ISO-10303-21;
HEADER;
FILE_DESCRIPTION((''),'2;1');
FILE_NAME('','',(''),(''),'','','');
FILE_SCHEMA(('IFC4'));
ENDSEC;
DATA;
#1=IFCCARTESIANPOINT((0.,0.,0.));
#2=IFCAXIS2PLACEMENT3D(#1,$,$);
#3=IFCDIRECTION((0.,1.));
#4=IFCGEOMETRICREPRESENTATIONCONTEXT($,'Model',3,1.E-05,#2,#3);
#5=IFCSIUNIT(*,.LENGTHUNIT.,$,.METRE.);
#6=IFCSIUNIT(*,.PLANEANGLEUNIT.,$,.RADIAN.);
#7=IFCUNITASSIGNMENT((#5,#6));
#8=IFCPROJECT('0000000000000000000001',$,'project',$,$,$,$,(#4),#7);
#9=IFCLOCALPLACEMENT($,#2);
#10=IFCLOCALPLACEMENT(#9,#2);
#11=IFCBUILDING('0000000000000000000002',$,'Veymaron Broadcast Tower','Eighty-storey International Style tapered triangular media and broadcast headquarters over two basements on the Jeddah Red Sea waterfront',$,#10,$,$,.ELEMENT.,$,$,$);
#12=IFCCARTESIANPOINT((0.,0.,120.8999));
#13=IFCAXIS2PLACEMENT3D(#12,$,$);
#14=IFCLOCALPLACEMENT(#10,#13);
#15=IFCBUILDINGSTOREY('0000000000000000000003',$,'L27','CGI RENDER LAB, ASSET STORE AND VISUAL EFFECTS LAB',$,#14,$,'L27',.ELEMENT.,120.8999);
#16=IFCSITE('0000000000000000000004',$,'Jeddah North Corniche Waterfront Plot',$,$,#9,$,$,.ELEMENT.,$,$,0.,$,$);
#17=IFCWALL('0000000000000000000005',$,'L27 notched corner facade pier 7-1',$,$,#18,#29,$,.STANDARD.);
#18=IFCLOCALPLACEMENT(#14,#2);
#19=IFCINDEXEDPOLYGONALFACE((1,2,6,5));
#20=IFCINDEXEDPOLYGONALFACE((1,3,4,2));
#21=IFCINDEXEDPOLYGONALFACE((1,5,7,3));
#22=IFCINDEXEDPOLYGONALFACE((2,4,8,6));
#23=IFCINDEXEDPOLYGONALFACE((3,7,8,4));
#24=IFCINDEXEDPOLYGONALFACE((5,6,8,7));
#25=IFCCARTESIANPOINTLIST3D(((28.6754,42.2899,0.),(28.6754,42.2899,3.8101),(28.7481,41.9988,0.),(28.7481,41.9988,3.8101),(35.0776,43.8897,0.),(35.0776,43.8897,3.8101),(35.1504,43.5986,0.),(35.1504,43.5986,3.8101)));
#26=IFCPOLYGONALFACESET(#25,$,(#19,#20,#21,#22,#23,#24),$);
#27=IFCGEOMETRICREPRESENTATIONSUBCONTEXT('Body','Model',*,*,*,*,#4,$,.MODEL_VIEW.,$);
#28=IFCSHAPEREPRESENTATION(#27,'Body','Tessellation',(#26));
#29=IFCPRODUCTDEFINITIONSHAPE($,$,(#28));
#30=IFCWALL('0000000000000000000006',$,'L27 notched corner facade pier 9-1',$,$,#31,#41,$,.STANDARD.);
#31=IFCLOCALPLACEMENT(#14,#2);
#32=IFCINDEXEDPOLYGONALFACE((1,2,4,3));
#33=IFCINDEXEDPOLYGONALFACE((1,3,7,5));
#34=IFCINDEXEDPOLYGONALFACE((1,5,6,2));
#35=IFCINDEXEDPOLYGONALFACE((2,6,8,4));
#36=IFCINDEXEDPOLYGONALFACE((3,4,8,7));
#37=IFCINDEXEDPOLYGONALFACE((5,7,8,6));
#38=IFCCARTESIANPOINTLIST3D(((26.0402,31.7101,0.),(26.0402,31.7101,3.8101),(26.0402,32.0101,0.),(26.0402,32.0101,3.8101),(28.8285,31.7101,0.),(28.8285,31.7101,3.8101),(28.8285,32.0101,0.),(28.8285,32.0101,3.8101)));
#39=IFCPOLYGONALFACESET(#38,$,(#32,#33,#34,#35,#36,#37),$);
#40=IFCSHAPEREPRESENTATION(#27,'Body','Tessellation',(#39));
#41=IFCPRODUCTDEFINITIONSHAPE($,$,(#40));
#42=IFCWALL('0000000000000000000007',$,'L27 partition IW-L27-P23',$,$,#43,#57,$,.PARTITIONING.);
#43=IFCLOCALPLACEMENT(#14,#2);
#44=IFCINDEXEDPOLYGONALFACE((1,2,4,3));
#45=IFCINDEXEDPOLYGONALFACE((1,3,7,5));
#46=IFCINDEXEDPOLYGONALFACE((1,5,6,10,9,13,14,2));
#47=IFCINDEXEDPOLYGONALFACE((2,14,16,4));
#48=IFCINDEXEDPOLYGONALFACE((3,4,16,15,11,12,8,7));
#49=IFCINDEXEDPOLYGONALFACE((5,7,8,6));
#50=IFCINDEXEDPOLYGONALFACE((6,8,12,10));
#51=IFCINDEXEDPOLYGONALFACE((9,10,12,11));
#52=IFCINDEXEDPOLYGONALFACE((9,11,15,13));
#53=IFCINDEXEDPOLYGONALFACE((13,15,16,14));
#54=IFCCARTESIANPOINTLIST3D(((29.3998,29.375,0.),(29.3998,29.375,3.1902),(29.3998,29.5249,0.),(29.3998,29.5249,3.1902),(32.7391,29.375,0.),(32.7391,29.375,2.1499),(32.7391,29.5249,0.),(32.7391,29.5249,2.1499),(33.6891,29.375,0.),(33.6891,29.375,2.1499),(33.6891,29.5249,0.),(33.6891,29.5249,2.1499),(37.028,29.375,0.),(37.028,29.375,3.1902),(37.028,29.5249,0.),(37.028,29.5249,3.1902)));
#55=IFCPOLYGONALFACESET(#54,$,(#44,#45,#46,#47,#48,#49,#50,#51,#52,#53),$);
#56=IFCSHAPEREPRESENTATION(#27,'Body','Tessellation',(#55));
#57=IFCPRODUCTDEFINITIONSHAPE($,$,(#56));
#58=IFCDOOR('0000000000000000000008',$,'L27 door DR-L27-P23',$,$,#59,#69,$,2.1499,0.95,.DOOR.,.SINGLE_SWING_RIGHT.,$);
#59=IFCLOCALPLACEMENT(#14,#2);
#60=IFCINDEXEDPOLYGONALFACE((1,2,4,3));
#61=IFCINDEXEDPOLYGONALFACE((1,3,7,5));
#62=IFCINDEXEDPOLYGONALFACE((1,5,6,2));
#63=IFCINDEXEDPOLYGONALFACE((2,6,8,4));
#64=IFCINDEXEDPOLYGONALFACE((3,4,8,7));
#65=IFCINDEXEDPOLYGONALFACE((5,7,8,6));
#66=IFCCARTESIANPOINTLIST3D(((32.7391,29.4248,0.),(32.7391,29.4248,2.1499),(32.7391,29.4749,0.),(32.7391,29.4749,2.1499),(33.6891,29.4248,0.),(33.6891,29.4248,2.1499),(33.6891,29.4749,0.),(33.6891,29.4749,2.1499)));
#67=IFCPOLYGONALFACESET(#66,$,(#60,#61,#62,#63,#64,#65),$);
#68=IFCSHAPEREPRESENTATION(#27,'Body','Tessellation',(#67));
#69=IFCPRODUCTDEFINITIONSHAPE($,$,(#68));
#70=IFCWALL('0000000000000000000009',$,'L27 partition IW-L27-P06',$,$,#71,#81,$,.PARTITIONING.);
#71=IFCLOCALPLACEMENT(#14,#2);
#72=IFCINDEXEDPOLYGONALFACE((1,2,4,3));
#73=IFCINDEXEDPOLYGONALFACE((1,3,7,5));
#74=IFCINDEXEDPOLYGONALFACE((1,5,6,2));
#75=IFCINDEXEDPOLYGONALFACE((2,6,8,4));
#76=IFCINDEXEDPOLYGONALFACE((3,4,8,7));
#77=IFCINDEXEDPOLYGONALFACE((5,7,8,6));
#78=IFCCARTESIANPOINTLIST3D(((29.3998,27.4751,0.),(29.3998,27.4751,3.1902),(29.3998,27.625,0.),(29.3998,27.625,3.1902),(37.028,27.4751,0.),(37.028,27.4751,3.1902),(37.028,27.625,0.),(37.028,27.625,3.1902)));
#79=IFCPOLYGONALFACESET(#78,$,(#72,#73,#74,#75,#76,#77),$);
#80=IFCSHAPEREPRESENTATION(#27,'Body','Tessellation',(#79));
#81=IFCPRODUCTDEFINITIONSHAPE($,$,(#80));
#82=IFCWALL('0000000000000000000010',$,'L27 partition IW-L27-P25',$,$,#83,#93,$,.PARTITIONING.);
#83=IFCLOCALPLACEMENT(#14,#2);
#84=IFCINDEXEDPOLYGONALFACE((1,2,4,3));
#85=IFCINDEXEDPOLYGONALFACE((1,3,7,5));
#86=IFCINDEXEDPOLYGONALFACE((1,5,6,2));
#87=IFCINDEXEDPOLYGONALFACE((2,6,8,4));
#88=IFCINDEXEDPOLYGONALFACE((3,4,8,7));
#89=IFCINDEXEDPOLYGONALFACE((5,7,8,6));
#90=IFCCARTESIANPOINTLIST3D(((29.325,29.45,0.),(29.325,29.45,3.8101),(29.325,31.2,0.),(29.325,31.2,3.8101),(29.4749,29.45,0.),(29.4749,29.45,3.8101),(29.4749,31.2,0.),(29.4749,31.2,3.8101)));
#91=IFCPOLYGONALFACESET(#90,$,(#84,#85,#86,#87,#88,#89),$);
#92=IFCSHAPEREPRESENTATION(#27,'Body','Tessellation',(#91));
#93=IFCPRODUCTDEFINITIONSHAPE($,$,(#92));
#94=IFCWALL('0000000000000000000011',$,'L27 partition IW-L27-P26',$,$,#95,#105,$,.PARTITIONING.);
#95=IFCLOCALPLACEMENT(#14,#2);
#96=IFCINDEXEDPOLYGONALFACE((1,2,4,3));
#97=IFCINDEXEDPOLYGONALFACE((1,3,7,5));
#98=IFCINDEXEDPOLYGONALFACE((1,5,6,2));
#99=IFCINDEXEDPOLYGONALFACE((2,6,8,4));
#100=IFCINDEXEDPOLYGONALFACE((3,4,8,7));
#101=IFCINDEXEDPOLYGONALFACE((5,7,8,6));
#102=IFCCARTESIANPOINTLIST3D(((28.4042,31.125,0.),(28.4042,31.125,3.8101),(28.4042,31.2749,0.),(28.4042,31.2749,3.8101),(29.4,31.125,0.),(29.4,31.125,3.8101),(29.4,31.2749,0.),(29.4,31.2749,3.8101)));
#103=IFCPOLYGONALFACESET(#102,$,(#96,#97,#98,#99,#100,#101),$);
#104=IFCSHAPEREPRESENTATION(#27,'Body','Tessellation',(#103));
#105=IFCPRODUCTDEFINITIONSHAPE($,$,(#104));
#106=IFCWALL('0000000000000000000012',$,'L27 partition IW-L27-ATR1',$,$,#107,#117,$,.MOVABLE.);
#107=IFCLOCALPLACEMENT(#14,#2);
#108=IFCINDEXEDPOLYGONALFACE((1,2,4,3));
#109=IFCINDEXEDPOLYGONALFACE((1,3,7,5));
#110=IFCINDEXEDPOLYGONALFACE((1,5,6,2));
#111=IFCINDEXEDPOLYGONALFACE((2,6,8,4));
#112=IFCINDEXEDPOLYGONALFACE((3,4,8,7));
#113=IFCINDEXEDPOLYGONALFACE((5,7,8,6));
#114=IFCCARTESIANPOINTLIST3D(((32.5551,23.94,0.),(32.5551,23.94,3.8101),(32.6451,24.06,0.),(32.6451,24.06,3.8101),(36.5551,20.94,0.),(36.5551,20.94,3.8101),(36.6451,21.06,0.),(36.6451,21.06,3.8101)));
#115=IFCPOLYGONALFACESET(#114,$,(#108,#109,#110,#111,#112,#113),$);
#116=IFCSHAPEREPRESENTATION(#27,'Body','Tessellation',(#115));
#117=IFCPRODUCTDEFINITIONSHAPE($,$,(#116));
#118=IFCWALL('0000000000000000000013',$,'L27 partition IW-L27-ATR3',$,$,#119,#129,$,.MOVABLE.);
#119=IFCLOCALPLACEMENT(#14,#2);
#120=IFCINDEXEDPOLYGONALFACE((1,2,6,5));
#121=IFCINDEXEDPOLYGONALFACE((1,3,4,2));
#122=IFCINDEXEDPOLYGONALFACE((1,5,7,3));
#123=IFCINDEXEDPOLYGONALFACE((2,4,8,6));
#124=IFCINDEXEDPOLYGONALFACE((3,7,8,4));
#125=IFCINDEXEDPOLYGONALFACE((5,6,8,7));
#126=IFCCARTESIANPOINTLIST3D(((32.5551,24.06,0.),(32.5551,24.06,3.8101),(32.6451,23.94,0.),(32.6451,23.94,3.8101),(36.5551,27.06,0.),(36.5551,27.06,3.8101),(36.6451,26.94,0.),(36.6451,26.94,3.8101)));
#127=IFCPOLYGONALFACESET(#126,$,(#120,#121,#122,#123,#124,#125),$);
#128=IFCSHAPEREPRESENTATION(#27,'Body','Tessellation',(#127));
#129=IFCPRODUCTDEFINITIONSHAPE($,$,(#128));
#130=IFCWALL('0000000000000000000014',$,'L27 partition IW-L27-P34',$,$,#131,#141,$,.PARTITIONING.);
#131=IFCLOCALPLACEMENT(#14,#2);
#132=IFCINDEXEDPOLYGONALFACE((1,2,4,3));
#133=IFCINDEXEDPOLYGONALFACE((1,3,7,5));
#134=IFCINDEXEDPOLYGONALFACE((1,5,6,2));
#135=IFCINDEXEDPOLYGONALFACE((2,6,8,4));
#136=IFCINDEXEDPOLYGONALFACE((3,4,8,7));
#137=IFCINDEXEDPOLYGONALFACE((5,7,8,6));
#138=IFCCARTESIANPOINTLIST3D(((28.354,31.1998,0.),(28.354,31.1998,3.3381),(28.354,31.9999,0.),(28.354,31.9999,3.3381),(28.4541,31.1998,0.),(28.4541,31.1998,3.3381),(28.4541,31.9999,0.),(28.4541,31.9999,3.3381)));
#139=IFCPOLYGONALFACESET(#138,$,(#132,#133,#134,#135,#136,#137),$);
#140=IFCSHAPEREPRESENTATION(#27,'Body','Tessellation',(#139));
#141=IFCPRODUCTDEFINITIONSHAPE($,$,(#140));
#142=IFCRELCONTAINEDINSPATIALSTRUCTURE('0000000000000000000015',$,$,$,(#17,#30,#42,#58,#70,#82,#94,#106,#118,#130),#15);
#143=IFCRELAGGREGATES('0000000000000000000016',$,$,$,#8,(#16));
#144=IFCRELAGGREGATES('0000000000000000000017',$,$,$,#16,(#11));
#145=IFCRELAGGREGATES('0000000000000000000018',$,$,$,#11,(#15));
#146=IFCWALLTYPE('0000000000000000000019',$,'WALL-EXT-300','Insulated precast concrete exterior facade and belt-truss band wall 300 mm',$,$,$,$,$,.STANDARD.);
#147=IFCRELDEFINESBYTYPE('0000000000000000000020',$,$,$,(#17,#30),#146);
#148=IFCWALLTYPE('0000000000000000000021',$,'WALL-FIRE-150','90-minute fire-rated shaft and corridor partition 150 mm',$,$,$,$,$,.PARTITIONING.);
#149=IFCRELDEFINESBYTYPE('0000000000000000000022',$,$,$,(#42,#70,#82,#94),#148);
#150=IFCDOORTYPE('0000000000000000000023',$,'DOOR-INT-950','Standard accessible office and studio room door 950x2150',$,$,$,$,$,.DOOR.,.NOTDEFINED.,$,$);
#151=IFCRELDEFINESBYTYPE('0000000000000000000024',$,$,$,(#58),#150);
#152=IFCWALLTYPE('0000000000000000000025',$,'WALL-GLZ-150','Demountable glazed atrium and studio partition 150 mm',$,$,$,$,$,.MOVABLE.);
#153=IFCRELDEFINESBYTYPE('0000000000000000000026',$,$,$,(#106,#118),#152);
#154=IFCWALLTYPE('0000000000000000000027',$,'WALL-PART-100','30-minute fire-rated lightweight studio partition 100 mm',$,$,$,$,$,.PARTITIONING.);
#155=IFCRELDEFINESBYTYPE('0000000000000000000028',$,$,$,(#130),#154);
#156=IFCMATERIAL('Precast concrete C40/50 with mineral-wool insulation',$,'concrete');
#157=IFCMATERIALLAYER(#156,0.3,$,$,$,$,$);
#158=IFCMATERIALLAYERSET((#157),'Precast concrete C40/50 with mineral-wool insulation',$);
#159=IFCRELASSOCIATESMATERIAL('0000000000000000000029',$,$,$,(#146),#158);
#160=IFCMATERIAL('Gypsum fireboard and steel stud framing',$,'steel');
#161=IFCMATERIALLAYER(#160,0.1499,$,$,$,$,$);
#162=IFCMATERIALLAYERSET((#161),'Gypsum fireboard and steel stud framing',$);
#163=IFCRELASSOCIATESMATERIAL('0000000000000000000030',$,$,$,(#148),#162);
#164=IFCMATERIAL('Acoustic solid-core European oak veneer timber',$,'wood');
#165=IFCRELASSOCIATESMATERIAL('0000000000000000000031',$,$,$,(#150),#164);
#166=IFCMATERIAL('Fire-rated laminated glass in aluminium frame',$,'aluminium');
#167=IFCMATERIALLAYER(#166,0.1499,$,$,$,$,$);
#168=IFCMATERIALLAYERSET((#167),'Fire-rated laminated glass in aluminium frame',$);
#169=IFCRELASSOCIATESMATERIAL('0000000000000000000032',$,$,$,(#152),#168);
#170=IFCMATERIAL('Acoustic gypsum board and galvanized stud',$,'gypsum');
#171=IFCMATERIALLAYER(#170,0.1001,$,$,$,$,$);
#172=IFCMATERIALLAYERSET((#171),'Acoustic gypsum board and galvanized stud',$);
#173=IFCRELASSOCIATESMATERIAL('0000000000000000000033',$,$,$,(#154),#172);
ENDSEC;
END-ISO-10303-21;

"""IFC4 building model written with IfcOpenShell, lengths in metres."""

from ifc_helpers import new_model, si_unit, direction, frame, frame_2d, origin, place, context, subcontext, project, spatial, rectangle, extrude, material, layer, layer_set, type_object, element, fill, save


model = new_model("IFC4")

# Units and contexts
model_context = context("Model", 3, precision=1e-05, world=origin(), true_north=direction((0.0, 1.0)))
body_context = subcontext(model_context, "Body", "Model", "MODEL_VIEW")
ifc_project = project(units=[si_unit("LENGTHUNIT", "METRE"), si_unit("PLANEANGLEUNIT", "RADIAN")], contexts=[model_context])

# Site, building, storey
site_placement = place(None, origin())
site = spatial("IfcSite", under=ifc_project, at=site_placement, Name="Jeddah North Corniche Waterfront Plot", CompositionType="ELEMENT", RefElevation=0.0)
building_placement = place(site_placement, origin())
building = spatial("IfcBuilding", under=site, at=building_placement, Name="Veymaron Broadcast Tower", Description="Eighty-storey International Style tapered triangular media and broadcast headquarters over two basements on the Jeddah Red Sea waterfront", CompositionType="ELEMENT")
storey_placement = place(building_placement, frame((0.0, 0.0, 120.8999)))
storey = spatial("IfcBuildingStorey", under=building, at=storey_placement, Name="L27", Description="CGI RENDER LAB, ASSET STORE AND VISUAL EFFECTS LAB", LongName="L27", CompositionType="ELEMENT", Elevation=120.8999)

# Walls
ifc_material_1 = material(Name="Precast concrete C40/50 with mineral-wool insulation", Category="concrete")
ifc_layer_1 = layer(ifc_material_1, 0.3)
ifc_layer_set_1 = layer_set([ifc_layer_1], Name="Precast concrete C40/50 with mineral-wool insulation")
wall_type_1 = type_object("IfcWallType", Name="WALL-EXT-300", Description="Insulated precast concrete exterior facade and belt-truss band wall 300 mm", PredefinedType="STANDARD", material=ifc_layer_set_1)
wall_1_placement = place(storey_placement, frame((35.114, 43.7441, 0.0), z_axis=(0.0, 0.0, 1.0), x_axis=(-0.970169, -0.242431, 0.0)))
element("IfcWall", 1, at=wall_1_placement, inside=storey, type_object=wall_type_1, Name="L27 notched corner facade pier 7-1", PredefinedType="STANDARD", context=body_context, shape_type="SweptSolid", body=[
    extrude(rectangle(XDim=6.5991, YDim=0.3, at=frame_2d((3.2996, 0.0))), origin(), (0.0, 0.0, 1.0), 3.8101),
])
wall_2_placement = place(storey_placement, frame((28.8284, 31.8601, 0.0), z_axis=(0.0, 0.0, 1.0), x_axis=(-1.0, 0.0, 0.0)))
element("IfcWall", 2, at=wall_2_placement, inside=storey, type_object=wall_type_1, Name="L27 notched corner facade pier 9-1", PredefinedType="STANDARD", context=body_context, shape_type="SweptSolid", body=[
    extrude(rectangle(XDim=2.7883, YDim=0.3, at=frame_2d((1.394, 0.0))), origin(), (0.0, 0.0, 1.0), 3.8101),
])

# Wall, opening, door
ifc_material_2 = material(Name="Gypsum fireboard and steel stud framing", Category="steel")
ifc_layer_2 = layer(ifc_material_2, 0.1499)
ifc_layer_set_2 = layer_set([ifc_layer_2], Name="Gypsum fireboard and steel stud framing")
wall_type_2 = type_object("IfcWallType", Name="WALL-FIRE-150", Description="90-minute fire-rated shaft and corridor partition 150 mm", PredefinedType="PARTITIONING", material=ifc_layer_set_2)
wall_3_placement = place(storey_placement, frame((29.3999, 29.45, 0.0), z_axis=(0.0, 0.0, 1.0), x_axis=(1.0, 0.0, 0.0)))
wall_3 = element("IfcWall", 3, at=wall_3_placement, inside=storey, type_object=wall_type_2, Name="L27 partition IW-L27-P23", PredefinedType="PARTITIONING", context=body_context, shape_type="SweptSolid", body=[
    extrude(rectangle(XDim=7.6282, YDim=0.1499, at=frame_2d((3.814, 0.0))), origin(), (0.0, 0.0, 1.0), 3.1902),
])
opening_placement = place(wall_3_placement, frame((3.3391, 0.0, 0.0)))
opening = element("IfcOpeningElement", 4, at=opening_placement, cuts=wall_3, PredefinedType="OPENING", context=body_context, shape_type="SweptSolid", body=[
    extrude(rectangle(XDim=0.95, YDim=2.1499, at=frame_2d((0.4751, 1.075))), frame((0.0, 0.085, 0.0), z_axis=(0.0, -1.0, 0.0), x_axis=(1.0, 0.0, 0.0)), (0.0, 0.0, 1.0), 0.1699),
])
ifc_material_3 = material(Name="Acoustic solid-core European oak veneer timber", Category="wood")
door_type = type_object("IfcDoorType", Name="DOOR-INT-950", Description="Standard accessible office and studio room door 950x2150", OperationType="NOTDEFINED", PredefinedType="DOOR", material=ifc_material_3)
door_placement = place(opening_placement, origin())
door = element("IfcDoor", 5, at=door_placement, inside=storey, type_object=door_type, Name="L27 door DR-L27-P23", OperationType="SINGLE_SWING_RIGHT", OverallHeight=2.1499, OverallWidth=0.95, PredefinedType="DOOR", context=body_context, shape_type="SweptSolid", body=[
    extrude(rectangle(XDim=0.95, YDim=2.1499, at=frame_2d((0.4751, 1.075))), frame((0.0, 0.0249, 0.0), z_axis=(0.0, -1.0, 0.0), x_axis=(1.0, 0.0, 0.0)), (0.0, 0.0, 1.0), 0.05),
])
fill(opening, door)

# Walls
wall_4_placement = place(storey_placement, frame((29.3999, 27.55, 0.0), z_axis=(0.0, 0.0, 1.0), x_axis=(1.0, 0.0, 0.0)))
element("IfcWall", 6, at=wall_4_placement, inside=storey, type_object=wall_type_2, Name="L27 partition IW-L27-P06", PredefinedType="PARTITIONING", context=body_context, shape_type="SweptSolid", body=[
    extrude(rectangle(XDim=7.6282, YDim=0.1499, at=frame_2d((3.814, 0.0))), origin(), (0.0, 0.0, 1.0), 3.1902),
])
wall_5_placement = place(storey_placement, frame((29.3999, 29.45, 0.0), z_axis=(0.0, 0.0, 1.0), x_axis=(0.0, 1.0, 0.0)))
element("IfcWall", 7, at=wall_5_placement, inside=storey, type_object=wall_type_2, Name="L27 partition IW-L27-P25", PredefinedType="PARTITIONING", context=body_context, shape_type="SweptSolid", body=[
    extrude(rectangle(XDim=1.75, YDim=0.1499, at=frame_2d((0.875, 0.0))), origin(), (0.0, 0.0, 1.0), 3.8101),
])
wall_6_placement = place(storey_placement, frame((28.4041, 31.2, 0.0), z_axis=(0.0, 0.0, 1.0), x_axis=(1.0, 0.0, 0.0)))
element("IfcWall", 8, at=wall_6_placement, inside=storey, type_object=wall_type_2, Name="L27 partition IW-L27-P26", PredefinedType="PARTITIONING", context=body_context, shape_type="SweptSolid", body=[
    extrude(rectangle(XDim=0.9958, YDim=0.1499, at=frame_2d((0.498, 0.0))), origin(), (0.0, 0.0, 1.0), 3.8101),
])
ifc_material_4 = material(Name="Fire-rated laminated glass in aluminium frame", Category="aluminium")
ifc_layer_3 = layer(ifc_material_4, 0.1499)
ifc_layer_set_3 = layer_set([ifc_layer_3], Name="Fire-rated laminated glass in aluminium frame")
wall_type_3 = type_object("IfcWallType", Name="WALL-GLZ-150", Description="Demountable glazed atrium and studio partition 150 mm", PredefinedType="MOVABLE", material=ifc_layer_set_3)
for number, where, z_axis, x_axis, name in (
    (9, (32.6001, 24.0, 0.0), (0.0, 0.0, 1.0), (0.8, -0.6, 0.0), "L27 partition IW-L27-ATR1"),
    (10, (36.6001, 27.0, 0.0), (0.0, 0.0, 1.0), (-0.8, -0.6, 0.0), "L27 partition IW-L27-ATR3"),
):
    element("IfcWall", number, at=place(storey_placement, frame(where, z_axis=z_axis, x_axis=x_axis)), inside=storey, type_object=wall_type_3, Name=name, PredefinedType="MOVABLE", context=body_context, shape_type="SweptSolid", body=[
        extrude(rectangle(XDim=5.0, YDim=0.1499, at=frame_2d((2.5, 0.0))), origin(), (0.0, 0.0, 1.0), 3.8101),
    ])
ifc_material_5 = material(Name="Acoustic gypsum board and galvanized stud", Category="gypsum")
ifc_layer_4 = layer(ifc_material_5, 0.1001)
ifc_layer_set_4 = layer_set([ifc_layer_4], Name="Acoustic gypsum board and galvanized stud")
wall_type_4 = type_object("IfcWallType", Name="WALL-PART-100", Description="30-minute fire-rated lightweight studio partition 100 mm", PredefinedType="PARTITIONING", material=ifc_layer_set_4)
wall_7_placement = place(storey_placement, frame((28.4041, 31.2, 0.0), z_axis=(0.0, 0.0, 1.0), x_axis=(0.0, 1.0, 0.0)))
element("IfcWall", 11, at=wall_7_placement, inside=storey, type_object=wall_type_4, Name="L27 partition IW-L27-P34", PredefinedType="PARTITIONING", context=body_context, shape_type="SweptSolid", body=[
    extrude(rectangle(XDim=0.8, YDim=0.1001, at=frame_2d((0.3999, 0.0))), origin(), (0.0, 0.0, 1.0), 3.3381),
])

save(model, "model.ifc")
